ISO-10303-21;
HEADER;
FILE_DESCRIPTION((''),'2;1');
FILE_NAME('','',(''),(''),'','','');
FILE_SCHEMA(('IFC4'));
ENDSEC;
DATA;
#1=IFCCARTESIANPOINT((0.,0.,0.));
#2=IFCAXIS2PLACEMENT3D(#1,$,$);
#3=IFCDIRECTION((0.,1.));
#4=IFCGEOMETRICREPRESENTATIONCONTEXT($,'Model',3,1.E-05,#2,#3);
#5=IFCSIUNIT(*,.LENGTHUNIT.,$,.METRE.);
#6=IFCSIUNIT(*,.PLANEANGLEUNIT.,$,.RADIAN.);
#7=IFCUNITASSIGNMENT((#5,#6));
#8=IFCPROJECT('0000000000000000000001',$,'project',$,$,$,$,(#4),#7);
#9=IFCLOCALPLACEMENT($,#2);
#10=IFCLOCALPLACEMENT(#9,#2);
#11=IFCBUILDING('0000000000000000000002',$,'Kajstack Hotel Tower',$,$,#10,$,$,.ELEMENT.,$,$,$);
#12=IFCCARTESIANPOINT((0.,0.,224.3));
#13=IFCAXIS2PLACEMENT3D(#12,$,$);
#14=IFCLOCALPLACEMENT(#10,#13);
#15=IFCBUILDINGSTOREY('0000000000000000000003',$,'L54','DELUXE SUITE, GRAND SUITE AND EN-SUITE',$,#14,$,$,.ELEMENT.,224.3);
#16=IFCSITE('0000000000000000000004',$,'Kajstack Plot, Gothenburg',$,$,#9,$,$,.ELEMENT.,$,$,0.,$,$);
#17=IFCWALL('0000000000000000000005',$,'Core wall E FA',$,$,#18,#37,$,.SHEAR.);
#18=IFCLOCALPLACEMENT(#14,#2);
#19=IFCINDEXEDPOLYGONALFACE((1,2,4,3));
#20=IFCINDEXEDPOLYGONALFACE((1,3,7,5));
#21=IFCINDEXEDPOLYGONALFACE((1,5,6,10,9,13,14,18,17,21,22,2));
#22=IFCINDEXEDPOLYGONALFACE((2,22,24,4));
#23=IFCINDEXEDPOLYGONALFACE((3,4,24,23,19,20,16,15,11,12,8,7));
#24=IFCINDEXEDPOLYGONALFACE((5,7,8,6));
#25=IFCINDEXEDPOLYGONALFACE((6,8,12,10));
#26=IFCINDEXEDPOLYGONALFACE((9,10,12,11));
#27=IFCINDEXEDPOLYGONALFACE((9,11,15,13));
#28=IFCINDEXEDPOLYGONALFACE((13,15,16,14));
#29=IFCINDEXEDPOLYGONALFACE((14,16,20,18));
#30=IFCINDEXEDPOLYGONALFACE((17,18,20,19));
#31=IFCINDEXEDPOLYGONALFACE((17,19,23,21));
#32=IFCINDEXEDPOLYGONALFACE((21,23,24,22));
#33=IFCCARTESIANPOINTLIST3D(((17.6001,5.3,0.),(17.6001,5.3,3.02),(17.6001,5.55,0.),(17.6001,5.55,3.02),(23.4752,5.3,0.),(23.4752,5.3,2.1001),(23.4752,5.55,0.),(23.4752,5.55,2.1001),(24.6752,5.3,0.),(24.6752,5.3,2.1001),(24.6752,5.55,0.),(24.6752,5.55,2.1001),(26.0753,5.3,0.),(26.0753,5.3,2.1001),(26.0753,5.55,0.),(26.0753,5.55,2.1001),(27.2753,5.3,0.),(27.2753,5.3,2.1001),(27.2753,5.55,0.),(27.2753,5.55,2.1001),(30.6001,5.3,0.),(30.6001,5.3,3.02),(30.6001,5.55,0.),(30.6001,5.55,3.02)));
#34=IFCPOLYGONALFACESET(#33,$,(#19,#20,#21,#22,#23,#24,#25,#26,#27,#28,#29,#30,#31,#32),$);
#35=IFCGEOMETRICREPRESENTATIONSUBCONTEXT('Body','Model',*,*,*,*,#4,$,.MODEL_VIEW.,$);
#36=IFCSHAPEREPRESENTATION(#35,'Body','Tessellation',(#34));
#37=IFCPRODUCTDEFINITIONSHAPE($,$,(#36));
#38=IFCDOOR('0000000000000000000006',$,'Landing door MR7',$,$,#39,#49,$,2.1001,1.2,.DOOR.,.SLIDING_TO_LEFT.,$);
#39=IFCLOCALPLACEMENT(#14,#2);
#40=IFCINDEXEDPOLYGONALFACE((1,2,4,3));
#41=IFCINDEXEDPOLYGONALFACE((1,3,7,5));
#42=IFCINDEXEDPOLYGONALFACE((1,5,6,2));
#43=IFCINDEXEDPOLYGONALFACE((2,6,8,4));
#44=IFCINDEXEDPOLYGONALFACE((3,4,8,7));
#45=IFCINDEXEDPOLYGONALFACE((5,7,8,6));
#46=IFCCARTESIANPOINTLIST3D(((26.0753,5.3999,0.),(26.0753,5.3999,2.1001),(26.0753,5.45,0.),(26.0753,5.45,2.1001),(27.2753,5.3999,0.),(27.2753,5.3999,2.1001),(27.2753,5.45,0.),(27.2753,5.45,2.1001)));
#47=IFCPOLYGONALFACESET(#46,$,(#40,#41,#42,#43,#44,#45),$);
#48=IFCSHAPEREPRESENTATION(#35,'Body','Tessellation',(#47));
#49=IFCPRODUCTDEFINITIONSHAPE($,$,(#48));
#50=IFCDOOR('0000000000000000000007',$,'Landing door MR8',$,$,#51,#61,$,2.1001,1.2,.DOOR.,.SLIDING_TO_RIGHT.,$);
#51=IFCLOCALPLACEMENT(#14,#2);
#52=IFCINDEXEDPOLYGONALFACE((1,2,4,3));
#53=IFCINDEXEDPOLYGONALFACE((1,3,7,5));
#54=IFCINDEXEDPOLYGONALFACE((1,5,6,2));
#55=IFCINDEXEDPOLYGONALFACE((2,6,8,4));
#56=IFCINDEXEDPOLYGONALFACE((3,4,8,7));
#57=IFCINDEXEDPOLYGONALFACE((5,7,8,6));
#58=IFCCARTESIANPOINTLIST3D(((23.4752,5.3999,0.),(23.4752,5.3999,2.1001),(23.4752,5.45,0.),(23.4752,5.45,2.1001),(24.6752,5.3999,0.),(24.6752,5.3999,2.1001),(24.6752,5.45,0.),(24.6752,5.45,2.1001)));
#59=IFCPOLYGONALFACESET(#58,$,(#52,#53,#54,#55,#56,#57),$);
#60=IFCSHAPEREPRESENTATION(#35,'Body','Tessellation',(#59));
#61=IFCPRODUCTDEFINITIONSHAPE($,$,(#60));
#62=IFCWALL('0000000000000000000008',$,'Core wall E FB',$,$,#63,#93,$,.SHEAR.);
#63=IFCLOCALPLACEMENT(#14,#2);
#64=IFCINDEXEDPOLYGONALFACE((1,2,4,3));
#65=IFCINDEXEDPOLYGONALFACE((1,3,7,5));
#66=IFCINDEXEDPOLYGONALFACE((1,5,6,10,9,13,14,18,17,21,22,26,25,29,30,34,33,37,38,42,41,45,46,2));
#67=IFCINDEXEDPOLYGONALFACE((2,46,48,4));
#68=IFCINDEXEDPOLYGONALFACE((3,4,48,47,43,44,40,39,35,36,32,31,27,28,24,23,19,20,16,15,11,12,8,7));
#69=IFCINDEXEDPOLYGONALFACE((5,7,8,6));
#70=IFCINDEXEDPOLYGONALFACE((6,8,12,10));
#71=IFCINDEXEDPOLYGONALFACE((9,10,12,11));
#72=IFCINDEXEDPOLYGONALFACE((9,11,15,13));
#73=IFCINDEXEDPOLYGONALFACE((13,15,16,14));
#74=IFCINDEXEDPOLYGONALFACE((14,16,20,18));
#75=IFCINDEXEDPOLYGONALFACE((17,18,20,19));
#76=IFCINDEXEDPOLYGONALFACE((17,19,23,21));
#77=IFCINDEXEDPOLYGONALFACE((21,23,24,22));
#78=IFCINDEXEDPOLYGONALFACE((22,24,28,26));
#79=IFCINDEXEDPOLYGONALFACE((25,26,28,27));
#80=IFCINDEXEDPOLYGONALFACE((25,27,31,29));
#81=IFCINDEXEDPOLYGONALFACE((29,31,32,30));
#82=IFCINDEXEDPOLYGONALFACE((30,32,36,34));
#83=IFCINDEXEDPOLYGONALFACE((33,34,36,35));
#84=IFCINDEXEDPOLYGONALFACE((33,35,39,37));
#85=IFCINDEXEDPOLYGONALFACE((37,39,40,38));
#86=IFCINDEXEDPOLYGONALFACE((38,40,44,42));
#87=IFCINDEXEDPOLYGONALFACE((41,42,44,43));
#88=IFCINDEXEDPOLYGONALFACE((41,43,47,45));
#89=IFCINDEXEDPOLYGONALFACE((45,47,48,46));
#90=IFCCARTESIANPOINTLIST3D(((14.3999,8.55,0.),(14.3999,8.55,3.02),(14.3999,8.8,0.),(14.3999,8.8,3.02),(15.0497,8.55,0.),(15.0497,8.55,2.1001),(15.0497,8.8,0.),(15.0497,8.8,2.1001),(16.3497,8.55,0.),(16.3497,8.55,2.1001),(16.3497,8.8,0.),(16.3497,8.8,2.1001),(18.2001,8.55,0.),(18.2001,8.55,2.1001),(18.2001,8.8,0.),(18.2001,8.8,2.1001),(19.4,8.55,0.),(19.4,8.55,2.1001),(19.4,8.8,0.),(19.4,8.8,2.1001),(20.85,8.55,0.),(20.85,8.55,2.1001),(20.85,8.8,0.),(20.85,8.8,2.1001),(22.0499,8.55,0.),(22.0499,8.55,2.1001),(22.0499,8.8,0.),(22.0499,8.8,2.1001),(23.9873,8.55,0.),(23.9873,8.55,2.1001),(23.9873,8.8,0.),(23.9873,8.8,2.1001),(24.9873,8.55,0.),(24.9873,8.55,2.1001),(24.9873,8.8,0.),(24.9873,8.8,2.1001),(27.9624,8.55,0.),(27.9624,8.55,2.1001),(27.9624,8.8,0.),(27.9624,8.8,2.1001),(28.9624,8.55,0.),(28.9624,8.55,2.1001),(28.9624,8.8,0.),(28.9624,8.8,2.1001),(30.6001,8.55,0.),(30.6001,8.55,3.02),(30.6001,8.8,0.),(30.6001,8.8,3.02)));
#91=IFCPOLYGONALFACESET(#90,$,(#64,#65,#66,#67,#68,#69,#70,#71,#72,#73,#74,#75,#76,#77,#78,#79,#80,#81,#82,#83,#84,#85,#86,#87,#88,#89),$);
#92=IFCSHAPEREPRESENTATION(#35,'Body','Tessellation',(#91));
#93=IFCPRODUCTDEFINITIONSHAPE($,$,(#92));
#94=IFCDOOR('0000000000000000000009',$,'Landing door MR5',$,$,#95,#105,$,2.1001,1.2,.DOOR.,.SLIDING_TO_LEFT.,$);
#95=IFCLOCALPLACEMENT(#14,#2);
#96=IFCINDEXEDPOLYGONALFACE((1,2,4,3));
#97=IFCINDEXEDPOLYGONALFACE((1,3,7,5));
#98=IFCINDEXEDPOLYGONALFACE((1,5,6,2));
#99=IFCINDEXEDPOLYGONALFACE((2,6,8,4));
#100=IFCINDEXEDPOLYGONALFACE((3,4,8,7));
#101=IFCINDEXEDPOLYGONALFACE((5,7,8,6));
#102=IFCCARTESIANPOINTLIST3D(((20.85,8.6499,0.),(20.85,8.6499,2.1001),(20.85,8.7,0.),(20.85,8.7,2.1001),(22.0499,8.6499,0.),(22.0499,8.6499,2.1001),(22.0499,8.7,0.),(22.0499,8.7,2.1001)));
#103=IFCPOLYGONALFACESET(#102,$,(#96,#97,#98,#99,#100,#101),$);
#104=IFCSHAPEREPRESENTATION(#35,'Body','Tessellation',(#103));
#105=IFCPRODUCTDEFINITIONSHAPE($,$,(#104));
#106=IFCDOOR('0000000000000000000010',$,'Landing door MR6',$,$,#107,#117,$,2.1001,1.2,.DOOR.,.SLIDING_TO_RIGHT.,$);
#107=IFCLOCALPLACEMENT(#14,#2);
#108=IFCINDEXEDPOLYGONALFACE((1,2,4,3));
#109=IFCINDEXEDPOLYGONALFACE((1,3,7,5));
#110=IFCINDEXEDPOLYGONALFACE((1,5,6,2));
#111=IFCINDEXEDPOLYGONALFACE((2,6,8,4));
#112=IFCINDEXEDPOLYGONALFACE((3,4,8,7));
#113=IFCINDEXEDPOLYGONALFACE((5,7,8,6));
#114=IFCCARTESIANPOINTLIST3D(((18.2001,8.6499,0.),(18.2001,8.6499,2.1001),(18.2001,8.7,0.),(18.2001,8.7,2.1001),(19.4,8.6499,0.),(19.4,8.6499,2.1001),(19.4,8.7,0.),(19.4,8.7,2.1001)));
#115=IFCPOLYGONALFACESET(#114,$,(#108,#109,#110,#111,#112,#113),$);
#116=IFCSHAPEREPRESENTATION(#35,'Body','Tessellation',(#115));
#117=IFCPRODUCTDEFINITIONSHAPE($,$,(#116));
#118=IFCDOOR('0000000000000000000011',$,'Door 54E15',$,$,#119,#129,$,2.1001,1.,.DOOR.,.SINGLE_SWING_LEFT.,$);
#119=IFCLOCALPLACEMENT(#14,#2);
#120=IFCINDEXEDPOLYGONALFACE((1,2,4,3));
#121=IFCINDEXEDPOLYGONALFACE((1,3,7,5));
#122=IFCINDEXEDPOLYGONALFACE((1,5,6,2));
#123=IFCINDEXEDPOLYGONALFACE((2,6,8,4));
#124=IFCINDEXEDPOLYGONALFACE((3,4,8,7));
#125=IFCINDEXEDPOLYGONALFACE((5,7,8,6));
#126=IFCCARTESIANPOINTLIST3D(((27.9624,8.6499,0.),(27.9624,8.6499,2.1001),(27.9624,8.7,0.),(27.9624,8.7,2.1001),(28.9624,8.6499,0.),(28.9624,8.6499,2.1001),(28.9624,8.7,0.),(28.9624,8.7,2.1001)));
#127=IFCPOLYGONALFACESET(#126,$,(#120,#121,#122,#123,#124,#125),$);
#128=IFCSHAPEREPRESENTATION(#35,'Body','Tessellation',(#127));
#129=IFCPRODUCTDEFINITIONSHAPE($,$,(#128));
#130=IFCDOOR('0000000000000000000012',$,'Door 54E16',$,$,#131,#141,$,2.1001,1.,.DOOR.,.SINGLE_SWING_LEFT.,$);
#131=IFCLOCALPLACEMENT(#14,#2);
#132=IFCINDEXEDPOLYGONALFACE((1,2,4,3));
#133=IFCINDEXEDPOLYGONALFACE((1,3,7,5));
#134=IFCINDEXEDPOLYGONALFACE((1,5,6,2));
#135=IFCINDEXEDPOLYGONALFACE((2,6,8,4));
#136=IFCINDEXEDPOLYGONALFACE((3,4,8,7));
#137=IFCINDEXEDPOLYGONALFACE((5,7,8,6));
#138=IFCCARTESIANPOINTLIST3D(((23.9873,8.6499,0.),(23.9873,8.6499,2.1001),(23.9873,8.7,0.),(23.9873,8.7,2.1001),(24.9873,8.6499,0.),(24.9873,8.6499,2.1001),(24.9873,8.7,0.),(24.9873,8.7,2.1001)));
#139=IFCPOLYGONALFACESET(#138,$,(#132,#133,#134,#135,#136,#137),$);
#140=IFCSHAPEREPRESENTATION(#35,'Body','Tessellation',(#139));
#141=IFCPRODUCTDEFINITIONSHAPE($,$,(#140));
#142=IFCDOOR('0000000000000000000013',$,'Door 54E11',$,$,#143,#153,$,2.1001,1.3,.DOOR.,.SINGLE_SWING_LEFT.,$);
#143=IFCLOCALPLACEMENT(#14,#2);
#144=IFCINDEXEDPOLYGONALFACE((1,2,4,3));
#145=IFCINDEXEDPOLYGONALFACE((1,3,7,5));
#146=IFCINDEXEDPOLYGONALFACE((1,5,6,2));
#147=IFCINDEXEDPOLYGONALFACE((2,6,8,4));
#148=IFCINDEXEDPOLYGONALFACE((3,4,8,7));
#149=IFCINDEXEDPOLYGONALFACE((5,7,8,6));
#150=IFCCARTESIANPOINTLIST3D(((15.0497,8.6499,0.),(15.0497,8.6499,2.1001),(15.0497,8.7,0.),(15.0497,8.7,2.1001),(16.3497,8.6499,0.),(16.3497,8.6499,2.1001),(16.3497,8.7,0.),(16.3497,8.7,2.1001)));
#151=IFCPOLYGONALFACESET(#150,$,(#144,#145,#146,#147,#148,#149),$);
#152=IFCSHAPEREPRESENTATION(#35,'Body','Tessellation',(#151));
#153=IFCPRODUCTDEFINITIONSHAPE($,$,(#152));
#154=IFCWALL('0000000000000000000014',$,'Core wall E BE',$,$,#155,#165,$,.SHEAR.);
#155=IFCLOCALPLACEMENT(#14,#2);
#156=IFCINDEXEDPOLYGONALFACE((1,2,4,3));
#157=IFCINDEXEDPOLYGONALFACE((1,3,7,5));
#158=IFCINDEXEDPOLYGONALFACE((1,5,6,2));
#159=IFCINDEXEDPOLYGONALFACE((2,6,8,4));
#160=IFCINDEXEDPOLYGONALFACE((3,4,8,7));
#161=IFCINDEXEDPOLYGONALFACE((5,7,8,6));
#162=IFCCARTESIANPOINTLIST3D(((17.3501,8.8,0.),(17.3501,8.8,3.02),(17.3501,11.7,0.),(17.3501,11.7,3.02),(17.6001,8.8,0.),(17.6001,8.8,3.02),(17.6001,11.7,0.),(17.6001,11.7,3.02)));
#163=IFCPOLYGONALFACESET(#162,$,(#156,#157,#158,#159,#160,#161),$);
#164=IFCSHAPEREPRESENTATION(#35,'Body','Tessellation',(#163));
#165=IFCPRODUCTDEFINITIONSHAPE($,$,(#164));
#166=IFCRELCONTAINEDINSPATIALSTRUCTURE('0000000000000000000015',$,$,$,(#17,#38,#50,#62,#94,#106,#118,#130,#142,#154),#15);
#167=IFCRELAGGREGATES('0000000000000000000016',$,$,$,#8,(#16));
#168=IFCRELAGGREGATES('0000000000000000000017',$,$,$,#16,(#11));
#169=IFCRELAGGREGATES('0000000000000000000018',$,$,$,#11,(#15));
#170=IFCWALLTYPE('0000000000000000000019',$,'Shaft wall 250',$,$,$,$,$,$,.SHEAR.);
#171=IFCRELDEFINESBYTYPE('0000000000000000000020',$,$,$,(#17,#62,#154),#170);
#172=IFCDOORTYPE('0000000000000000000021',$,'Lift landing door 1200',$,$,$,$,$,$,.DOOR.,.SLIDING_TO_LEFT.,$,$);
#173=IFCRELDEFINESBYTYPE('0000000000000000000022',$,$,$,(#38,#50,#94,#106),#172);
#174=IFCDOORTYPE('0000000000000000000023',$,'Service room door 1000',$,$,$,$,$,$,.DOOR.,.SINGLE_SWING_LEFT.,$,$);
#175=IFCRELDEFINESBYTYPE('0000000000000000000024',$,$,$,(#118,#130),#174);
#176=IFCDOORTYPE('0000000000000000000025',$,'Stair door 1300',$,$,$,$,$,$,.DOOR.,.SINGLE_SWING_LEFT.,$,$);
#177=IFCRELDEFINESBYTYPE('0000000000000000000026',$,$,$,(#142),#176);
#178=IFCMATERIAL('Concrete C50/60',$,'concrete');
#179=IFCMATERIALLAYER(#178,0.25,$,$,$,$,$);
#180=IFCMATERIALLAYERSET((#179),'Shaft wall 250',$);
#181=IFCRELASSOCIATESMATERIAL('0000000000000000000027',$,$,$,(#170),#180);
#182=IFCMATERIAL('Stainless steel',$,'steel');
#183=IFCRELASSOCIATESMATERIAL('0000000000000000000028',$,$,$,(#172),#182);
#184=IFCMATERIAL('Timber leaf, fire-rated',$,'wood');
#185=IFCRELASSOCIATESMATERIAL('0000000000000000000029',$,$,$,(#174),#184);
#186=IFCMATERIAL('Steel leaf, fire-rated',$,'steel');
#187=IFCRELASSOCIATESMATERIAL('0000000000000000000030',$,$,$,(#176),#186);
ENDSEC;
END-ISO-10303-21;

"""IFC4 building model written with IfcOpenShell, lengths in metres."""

from ifc_helpers import new_model, si_unit, direction, frame, frame_2d, origin, place, context, subcontext, project, spatial, rectangle, extrude, material, layer, layer_set, type_object, element, fill, save


model = new_model("IFC4")

# Units and contexts
model_context = context("Model", 3, precision=1e-05, world=origin(), true_north=direction((0.0, 1.0)))
body_context = subcontext(model_context, "Body", "Model", "MODEL_VIEW")
ifc_project = project(units=[si_unit("LENGTHUNIT", "METRE"), si_unit("PLANEANGLEUNIT", "RADIAN")], contexts=[model_context])

# Site, building, storey
site_placement = place(None, origin())
site = spatial("IfcSite", under=ifc_project, at=site_placement, Name="Kajstack Plot, Gothenburg", CompositionType="ELEMENT", RefElevation=0.0)
building_placement = place(site_placement, origin())
building = spatial("IfcBuilding", under=site, at=building_placement, Name="Kajstack Hotel Tower", CompositionType="ELEMENT")
storey_placement = place(building_placement, frame((0.0, 0.0, 224.3)))
storey = spatial("IfcBuildingStorey", under=building, at=storey_placement, Name="L54", Description="DELUXE SUITE, GRAND SUITE AND EN-SUITE", CompositionType="ELEMENT", Elevation=224.3)

# Walls, openings, doors
ifc_material_1 = material(Name="Concrete C50/60", Category="concrete")
ifc_layer_1 = layer(ifc_material_1, 0.25)
ifc_layer_set_1 = layer_set([ifc_layer_1], Name="Shaft wall 250")
wall_type_1 = type_object("IfcWallType", Name="Shaft wall 250", PredefinedType="SHEAR", material=ifc_layer_set_1)
wall_1_placement = place(storey_placement, frame((17.6001, 5.425, 0.0), z_axis=(0.0, 0.0, 1.0), x_axis=(1.0, 0.0, 0.0)))
wall_1 = element("IfcWall", 1, at=wall_1_placement, inside=storey, type_object=wall_type_1, Name="Core wall E FA", PredefinedType="SHEAR", context=body_context, shape_type="SweptSolid", body=[
    extrude(rectangle(XDim=13.0, YDim=0.25, at=frame_2d((6.5, 0.0))), origin(), (0.0, 0.0, 1.0), 3.02),
])
opening_1_placement = place(wall_1_placement, frame((8.4751, 0.0, 0.0)))
opening_1 = element("IfcOpeningElement", 2, at=opening_1_placement, cuts=wall_1, PredefinedType="OPENING", context=body_context, shape_type="SweptSolid", body=[
    extrude(rectangle(XDim=1.2, YDim=2.1001, at=frame_2d((0.6001, 1.05))), frame((0.0, 0.135, 0.0), z_axis=(0.0, -1.0, 0.0), x_axis=(1.0, 0.0, 0.0)), (0.0, 0.0, 1.0), 0.27),
])
opening_2_placement = place(wall_1_placement, frame((5.875, 0.0, 0.0)))
opening_2 = element("IfcOpeningElement", 3, at=opening_2_placement, cuts=wall_1, PredefinedType="OPENING", context=body_context, shape_type="SweptSolid", body=[
    extrude(rectangle(XDim=1.2, YDim=2.1001, at=frame_2d((0.6001, 1.05))), frame((0.0, 0.135, 0.0), z_axis=(0.0, -1.0, 0.0), x_axis=(1.0, 0.0, 0.0)), (0.0, 0.0, 1.0), 0.27),
])
ifc_material_2 = material(Name="Stainless steel", Category="steel")
door_type_1 = type_object("IfcDoorType", Name="Lift landing door 1200", OperationType="SLIDING_TO_LEFT", PredefinedType="DOOR", material=ifc_material_2)
door_1_placement = place(opening_1_placement, origin())
door_1 = element("IfcDoor", 4, at=door_1_placement, inside=storey, type_object=door_type_1, Name="Landing door MR7", OperationType="SLIDING_TO_LEFT", OverallHeight=2.1001, OverallWidth=1.2, PredefinedType="DOOR", context=body_context, shape_type="SweptSolid", body=[
    extrude(rectangle(XDim=1.2, YDim=2.1001, at=frame_2d((0.6001, 1.05))), frame((0.0, 0.0249, 0.0), z_axis=(0.0, -1.0, 0.0), x_axis=(1.0, 0.0, 0.0)), (0.0, 0.0, 1.0), 0.05),
])
fill(opening_1, door_1)
door_2_placement = place(opening_2_placement, origin())
door_2 = element("IfcDoor", 5, at=door_2_placement, inside=storey, type_object=door_type_1, Name="Landing door MR8", OperationType="SLIDING_TO_RIGHT", OverallHeight=2.1001, OverallWidth=1.2, PredefinedType="DOOR", context=body_context, shape_type="SweptSolid", body=[
    extrude(rectangle(XDim=1.2, YDim=2.1001, at=frame_2d((0.6001, 1.05))), frame((0.0, 0.0249, 0.0), z_axis=(0.0, -1.0, 0.0), x_axis=(1.0, 0.0, 0.0)), (0.0, 0.0, 1.0), 0.05),
])
fill(opening_2, door_2)
wall_2_placement = place(storey_placement, frame((14.3999, 8.675, 0.0), z_axis=(0.0, 0.0, 1.0), x_axis=(1.0, 0.0, 0.0)))
wall_2 = element("IfcWall", 6, at=wall_2_placement, inside=storey, type_object=wall_type_1, Name="Core wall E FB", PredefinedType="SHEAR", context=body_context, shape_type="SweptSolid", body=[
    extrude(rectangle(XDim=16.2002, YDim=0.25, at=frame_2d((8.1001, 0.0))), origin(), (0.0, 0.0, 1.0), 3.02),
])
opening_3_placement = place(wall_2_placement, frame((6.45, 0.0, 0.0)))
opening_3 = element("IfcOpeningElement", 7, at=opening_3_placement, cuts=wall_2, PredefinedType="OPENING", context=body_context, shape_type="SweptSolid", body=[
    extrude(rectangle(XDim=1.2, YDim=2.1001, at=frame_2d((0.6001, 1.05))), frame((0.0, 0.135, 0.0), z_axis=(0.0, -1.0, 0.0), x_axis=(1.0, 0.0, 0.0)), (0.0, 0.0, 1.0), 0.27),
])
opening_4_placement = place(wall_2_placement, frame((3.8, 0.0, 0.0)))
opening_4 = element("IfcOpeningElement", 8, at=opening_4_placement, cuts=wall_2, PredefinedType="OPENING", context=body_context, shape_type="SweptSolid", body=[
    extrude(rectangle(XDim=1.2, YDim=2.1001, at=frame_2d((0.6001, 1.05))), frame((0.0, 0.135, 0.0), z_axis=(0.0, -1.0, 0.0), x_axis=(1.0, 0.0, 0.0)), (0.0, 0.0, 1.0), 0.27),
])
opening_5_placement = place(wall_2_placement, frame((0.6499, 0.0, 0.0)))
opening_5 = element("IfcOpeningElement", 9, at=opening_5_placement, cuts=wall_2, PredefinedType="OPENING", context=body_context, shape_type="SweptSolid", body=[
    extrude(rectangle(XDim=1.3, YDim=2.1001, at=frame_2d((0.6499, 1.05))), frame((0.0, 0.135, 0.0), z_axis=(0.0, -1.0, 0.0), x_axis=(1.0, 0.0, 0.0)), (0.0, 0.0, 1.0), 0.27),
])
opening_6_placement = place(wall_2_placement, frame((13.5625, 0.0, 0.0)))
opening_6 = element("IfcOpeningElement", 10, at=opening_6_placement, cuts=wall_2, PredefinedType="OPENING", context=body_context, shape_type="SweptSolid", body=[
    extrude(rectangle(XDim=1.0, YDim=2.1001, at=frame_2d((0.5, 1.05))), frame((0.0, 0.135, 0.0), z_axis=(0.0, -1.0, 0.0), x_axis=(1.0, 0.0, 0.0)), (0.0, 0.0, 1.0), 0.27),
])
opening_7_placement = place(wall_2_placement, frame((9.5874, 0.0, 0.0)))
opening_7 = element("IfcOpeningElement", 11, at=opening_7_placement, cuts=wall_2, PredefinedType="OPENING", context=body_context, shape_type="SweptSolid", body=[
    extrude(rectangle(XDim=1.0, YDim=2.1001, at=frame_2d((0.5, 1.05))), frame((0.0, 0.135, 0.0), z_axis=(0.0, -1.0, 0.0), x_axis=(1.0, 0.0, 0.0)), (0.0, 0.0, 1.0), 0.27),
])
door_3_placement = place(opening_3_placement, origin())
door_3 = element("IfcDoor", 12, at=door_3_placement, inside=storey, type_object=door_type_1, Name="Landing door MR5", OperationType="SLIDING_TO_LEFT", OverallHeight=2.1001, OverallWidth=1.2, PredefinedType="DOOR", context=body_context, shape_type="SweptSolid", body=[
    extrude(rectangle(XDim=1.2, YDim=2.1001, at=frame_2d((0.6001, 1.05))), frame((0.0, 0.0249, 0.0), z_axis=(0.0, -1.0, 0.0), x_axis=(1.0, 0.0, 0.0)), (0.0, 0.0, 1.0), 0.05),
])
fill(opening_3, door_3)
door_4_placement = place(opening_4_placement, origin())
door_4 = element("IfcDoor", 13, at=door_4_placement, inside=storey, type_object=door_type_1, Name="Landing door MR6", OperationType="SLIDING_TO_RIGHT", OverallHeight=2.1001, OverallWidth=1.2, PredefinedType="DOOR", context=body_context, shape_type="SweptSolid", body=[
    extrude(rectangle(XDim=1.2, YDim=2.1001, at=frame_2d((0.6001, 1.05))), frame((0.0, 0.0249, 0.0), z_axis=(0.0, -1.0, 0.0), x_axis=(1.0, 0.0, 0.0)), (0.0, 0.0, 1.0), 0.05),
])
fill(opening_4, door_4)
ifc_material_3 = material(Name="Timber leaf, fire-rated", Category="wood")
door_type_2 = type_object("IfcDoorType", Name="Service room door 1000", OperationType="SINGLE_SWING_LEFT", PredefinedType="DOOR", material=ifc_material_3)
door_5_placement = place(opening_6_placement, origin())
door_5 = element("IfcDoor", 14, at=door_5_placement, inside=storey, type_object=door_type_2, Name="Door 54E15", OperationType="SINGLE_SWING_LEFT", OverallHeight=2.1001, OverallWidth=1.0, PredefinedType="DOOR", context=body_context, shape_type="SweptSolid", body=[
    extrude(rectangle(XDim=1.0, YDim=2.1001, at=frame_2d((0.5, 1.05))), frame((0.0, 0.0249, 0.0), z_axis=(0.0, -1.0, 0.0), x_axis=(1.0, 0.0, 0.0)), (0.0, 0.0, 1.0), 0.05),
])
fill(opening_6, door_5)
door_6_placement = place(opening_7_placement, origin())
door_6 = element("IfcDoor", 15, at=door_6_placement, inside=storey, type_object=door_type_2, Name="Door 54E16", OperationType="SINGLE_SWING_LEFT", OverallHeight=2.1001, OverallWidth=1.0, PredefinedType="DOOR", context=body_context, shape_type="SweptSolid", body=[
    extrude(rectangle(XDim=1.0, YDim=2.1001, at=frame_2d((0.5, 1.05))), frame((0.0, 0.0249, 0.0), z_axis=(0.0, -1.0, 0.0), x_axis=(1.0, 0.0, 0.0)), (0.0, 0.0, 1.0), 0.05),
])
fill(opening_7, door_6)
ifc_material_4 = material(Name="Steel leaf, fire-rated", Category="steel")
door_type_3 = type_object("IfcDoorType", Name="Stair door 1300", OperationType="SINGLE_SWING_LEFT", PredefinedType="DOOR", material=ifc_material_4)
door_7_placement = place(opening_5_placement, origin())
door_7 = element("IfcDoor", 16, at=door_7_placement, inside=storey, type_object=door_type_3, Name="Door 54E11", OperationType="SINGLE_SWING_LEFT", OverallHeight=2.1001, OverallWidth=1.3, PredefinedType="DOOR", context=body_context, shape_type="SweptSolid", body=[
    extrude(rectangle(XDim=1.3, YDim=2.1001, at=frame_2d((0.6499, 1.05))), frame((0.0, 0.0249, 0.0), z_axis=(0.0, -1.0, 0.0), x_axis=(1.0, 0.0, 0.0)), (0.0, 0.0, 1.0), 0.05),
])
fill(opening_5, door_7)

# Wall
wall_3_placement = place(storey_placement, frame((17.4751, 8.8, 0.0), z_axis=(0.0, 0.0, 1.0), x_axis=(0.0, 1.0, 0.0)))
element("IfcWall", 17, at=wall_3_placement, inside=storey, type_object=wall_type_1, Name="Core wall E BE", PredefinedType="SHEAR", context=body_context, shape_type="SweptSolid", body=[
    extrude(rectangle(XDim=2.8999, YDim=0.25, at=frame_2d((1.45, 0.0))), origin(), (0.0, 0.0, 1.0), 3.02),
])

save(model, "model.ifc")
